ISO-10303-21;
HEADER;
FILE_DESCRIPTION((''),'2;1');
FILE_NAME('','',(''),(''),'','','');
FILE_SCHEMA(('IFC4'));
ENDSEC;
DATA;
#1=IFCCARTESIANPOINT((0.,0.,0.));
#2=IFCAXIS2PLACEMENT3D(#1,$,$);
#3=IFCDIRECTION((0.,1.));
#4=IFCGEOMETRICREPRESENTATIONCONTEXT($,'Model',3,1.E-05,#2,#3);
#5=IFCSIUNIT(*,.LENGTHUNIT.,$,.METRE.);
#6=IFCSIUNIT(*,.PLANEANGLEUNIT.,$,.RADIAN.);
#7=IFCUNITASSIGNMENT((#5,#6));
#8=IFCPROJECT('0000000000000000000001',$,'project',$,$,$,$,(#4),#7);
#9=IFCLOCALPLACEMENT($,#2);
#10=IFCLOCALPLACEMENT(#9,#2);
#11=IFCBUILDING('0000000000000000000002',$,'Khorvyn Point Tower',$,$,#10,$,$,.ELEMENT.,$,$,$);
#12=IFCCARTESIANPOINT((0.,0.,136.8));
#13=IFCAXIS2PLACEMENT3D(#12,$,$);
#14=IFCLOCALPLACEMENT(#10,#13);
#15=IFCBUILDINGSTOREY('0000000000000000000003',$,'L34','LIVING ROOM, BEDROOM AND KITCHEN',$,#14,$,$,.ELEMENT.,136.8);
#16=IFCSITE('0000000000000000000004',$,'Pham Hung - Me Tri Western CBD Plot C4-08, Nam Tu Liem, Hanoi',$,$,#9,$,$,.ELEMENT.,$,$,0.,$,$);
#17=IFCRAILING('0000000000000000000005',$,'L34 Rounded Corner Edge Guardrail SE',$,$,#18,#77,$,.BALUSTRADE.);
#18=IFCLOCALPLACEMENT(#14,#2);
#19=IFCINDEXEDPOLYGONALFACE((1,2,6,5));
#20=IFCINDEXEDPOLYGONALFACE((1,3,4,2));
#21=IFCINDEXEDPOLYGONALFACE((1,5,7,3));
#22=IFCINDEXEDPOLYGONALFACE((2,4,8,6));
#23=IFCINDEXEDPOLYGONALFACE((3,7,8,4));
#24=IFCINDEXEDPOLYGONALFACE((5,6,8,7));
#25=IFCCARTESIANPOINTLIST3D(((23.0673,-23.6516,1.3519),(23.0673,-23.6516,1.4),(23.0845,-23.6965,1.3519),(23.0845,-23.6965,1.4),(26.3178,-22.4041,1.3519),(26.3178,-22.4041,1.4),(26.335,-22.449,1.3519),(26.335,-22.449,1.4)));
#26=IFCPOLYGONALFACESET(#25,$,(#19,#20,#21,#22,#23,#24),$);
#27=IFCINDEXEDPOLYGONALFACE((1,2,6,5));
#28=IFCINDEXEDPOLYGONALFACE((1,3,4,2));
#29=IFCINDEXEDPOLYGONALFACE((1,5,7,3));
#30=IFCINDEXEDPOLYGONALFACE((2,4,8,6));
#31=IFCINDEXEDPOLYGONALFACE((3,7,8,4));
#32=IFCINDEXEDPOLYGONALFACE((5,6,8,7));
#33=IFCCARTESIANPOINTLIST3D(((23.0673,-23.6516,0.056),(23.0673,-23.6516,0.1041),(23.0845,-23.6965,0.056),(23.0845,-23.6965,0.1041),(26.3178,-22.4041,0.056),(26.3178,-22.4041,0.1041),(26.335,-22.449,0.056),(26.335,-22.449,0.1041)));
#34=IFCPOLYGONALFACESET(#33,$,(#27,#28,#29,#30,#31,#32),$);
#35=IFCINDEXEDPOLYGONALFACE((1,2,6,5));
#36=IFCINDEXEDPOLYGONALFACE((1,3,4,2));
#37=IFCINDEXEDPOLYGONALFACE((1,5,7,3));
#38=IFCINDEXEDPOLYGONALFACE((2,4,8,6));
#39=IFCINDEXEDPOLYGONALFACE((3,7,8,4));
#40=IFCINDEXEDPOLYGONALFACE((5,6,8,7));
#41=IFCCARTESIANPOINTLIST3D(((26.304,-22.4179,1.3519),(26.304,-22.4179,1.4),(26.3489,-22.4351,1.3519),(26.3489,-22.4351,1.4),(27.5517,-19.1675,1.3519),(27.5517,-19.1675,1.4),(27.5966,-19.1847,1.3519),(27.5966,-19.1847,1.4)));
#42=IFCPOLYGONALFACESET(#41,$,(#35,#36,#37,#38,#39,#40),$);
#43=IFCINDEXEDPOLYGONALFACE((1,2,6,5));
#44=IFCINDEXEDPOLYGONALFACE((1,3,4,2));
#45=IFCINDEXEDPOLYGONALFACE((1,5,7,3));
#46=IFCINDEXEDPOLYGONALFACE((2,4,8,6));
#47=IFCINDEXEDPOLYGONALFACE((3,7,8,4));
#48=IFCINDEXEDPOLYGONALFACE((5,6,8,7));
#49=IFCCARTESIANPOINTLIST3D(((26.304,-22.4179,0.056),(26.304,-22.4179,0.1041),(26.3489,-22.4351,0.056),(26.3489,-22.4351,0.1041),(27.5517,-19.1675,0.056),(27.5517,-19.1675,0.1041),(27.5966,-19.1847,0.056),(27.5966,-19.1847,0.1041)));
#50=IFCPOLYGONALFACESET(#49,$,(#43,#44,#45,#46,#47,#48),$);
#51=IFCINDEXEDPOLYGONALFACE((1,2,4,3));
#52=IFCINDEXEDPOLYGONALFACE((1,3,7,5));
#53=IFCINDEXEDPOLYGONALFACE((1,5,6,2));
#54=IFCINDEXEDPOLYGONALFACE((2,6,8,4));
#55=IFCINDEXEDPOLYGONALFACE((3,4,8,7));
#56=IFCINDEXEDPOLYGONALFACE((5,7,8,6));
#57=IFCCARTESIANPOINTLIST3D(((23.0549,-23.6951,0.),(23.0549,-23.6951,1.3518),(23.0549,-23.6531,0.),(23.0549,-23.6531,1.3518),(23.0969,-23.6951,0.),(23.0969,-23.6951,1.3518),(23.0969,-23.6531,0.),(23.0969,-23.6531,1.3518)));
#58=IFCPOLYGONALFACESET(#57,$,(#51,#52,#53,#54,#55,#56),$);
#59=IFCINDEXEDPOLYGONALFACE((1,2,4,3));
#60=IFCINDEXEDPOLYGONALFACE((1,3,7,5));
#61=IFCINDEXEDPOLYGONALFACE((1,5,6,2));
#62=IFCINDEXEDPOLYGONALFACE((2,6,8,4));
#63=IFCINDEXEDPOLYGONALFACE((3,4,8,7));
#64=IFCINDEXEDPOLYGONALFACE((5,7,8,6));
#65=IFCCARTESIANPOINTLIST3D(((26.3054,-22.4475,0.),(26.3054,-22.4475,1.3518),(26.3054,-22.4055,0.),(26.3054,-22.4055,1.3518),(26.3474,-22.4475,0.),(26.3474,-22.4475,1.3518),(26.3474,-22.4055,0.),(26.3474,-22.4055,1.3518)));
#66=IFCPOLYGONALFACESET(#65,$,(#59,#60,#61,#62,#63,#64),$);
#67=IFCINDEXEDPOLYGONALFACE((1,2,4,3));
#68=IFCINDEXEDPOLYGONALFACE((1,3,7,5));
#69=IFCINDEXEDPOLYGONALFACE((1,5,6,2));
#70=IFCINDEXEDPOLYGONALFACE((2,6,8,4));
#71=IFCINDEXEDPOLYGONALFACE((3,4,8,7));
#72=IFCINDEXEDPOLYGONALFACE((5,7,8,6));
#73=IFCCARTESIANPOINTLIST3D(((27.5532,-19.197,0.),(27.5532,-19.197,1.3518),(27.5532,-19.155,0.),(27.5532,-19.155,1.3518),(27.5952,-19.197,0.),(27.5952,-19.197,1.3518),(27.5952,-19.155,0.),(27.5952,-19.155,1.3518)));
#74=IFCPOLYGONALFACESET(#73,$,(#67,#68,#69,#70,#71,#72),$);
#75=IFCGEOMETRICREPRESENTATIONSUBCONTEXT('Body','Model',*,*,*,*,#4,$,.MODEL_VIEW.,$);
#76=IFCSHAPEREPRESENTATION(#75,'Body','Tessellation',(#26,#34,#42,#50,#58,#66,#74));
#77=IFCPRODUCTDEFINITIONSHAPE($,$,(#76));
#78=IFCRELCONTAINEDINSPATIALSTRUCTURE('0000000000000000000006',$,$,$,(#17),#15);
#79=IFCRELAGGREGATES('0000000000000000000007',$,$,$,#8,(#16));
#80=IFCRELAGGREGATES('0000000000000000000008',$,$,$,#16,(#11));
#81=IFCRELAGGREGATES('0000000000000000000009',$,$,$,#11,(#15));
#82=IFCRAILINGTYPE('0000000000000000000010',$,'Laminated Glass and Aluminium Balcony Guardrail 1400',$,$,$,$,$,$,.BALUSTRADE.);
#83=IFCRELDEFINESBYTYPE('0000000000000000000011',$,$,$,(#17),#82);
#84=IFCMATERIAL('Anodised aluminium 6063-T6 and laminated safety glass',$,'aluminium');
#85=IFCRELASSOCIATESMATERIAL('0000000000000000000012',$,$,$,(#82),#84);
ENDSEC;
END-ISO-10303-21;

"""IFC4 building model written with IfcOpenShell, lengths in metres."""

from ifc_helpers import new_model, si_unit, direction, frame, origin, origin_2d, place, context, subcontext, project, spatial, rectangle, extrude, material, type_object, element, save


model = new_model("IFC4")

# Units and contexts
model_context = context("Model", 3, precision=1e-05, world=origin(), true_north=direction((0.0, 1.0)))
body_context = subcontext(model_context, "Body", "Model", "MODEL_VIEW")
ifc_project = project(units=[si_unit("LENGTHUNIT", "METRE"), si_unit("PLANEANGLEUNIT", "RADIAN")], contexts=[model_context])

# Site, building, storey
site_placement = place(None, origin())
site = spatial("IfcSite", under=ifc_project, at=site_placement, Name="Pham Hung - Me Tri Western CBD Plot C4-08, Nam Tu Liem, Hanoi", CompositionType="ELEMENT", RefElevation=0.0)
building_placement = place(site_placement, origin())
building = spatial("IfcBuilding", under=site, at=building_placement, Name="Khorvyn Point Tower", CompositionType="ELEMENT")
storey_placement = place(building_placement, frame((0.0, 0.0, 136.8)))
storey = spatial("IfcBuildingStorey", under=building, at=storey_placement, Name="L34", Description="LIVING ROOM, BEDROOM AND KITCHEN", CompositionType="ELEMENT", Elevation=136.8)

# Railing
ifc_material_1 = material(Name="Anodised aluminium 6063-T6 and laminated safety glass", Category="aluminium")
railing_type = type_object("IfcRailingType", Name="Laminated Glass and Aluminium Balcony Guardrail 1400", PredefinedType="BALUSTRADE", material=ifc_material_1)
railing_placement = place(storey_placement, frame((23.0759, -23.6741, 0.0)))
element("IfcRailing", 1, at=railing_placement, inside=storey, type_object=railing_type, Name="L34 Rounded Corner Edge Guardrail SE", PredefinedType="BALUSTRADE", context=body_context, shape_type="SweptSolid", body=[
    extrude(rectangle(XDim=0.0481, YDim=0.0481, at=origin_2d()), frame((0.0, 0.0, 1.376), z_axis=(0.933598, 0.358321, 0.0), x_axis=(-0.358321, 0.933598, 0.0)), (0.0, 0.0, 1.0), 3.4817),
    extrude(rectangle(XDim=0.0481, YDim=0.0481, at=origin_2d()), frame((0.0, 0.0, 0.0801), z_axis=(0.933598, 0.358321, 0.0), x_axis=(-0.358321, 0.933598, 0.0)), (0.0, 0.0, 1.0), 3.4817),
    extrude(rectangle(XDim=0.0481, YDim=0.0481, at=origin_2d()), frame((3.2505, 1.2476, 1.376), z_axis=(0.358382, 0.933575, 0.0), x_axis=(-0.933575, 0.358382, 0.0)), (0.0, 0.0, 1.0), 3.4817),
    extrude(rectangle(XDim=0.0481, YDim=0.0481, at=origin_2d()), frame((3.2505, 1.2476, 0.0801), z_axis=(0.358382, 0.933575, 0.0), x_axis=(-0.933575, 0.358382, 0.0)), (0.0, 0.0, 1.0), 3.4817),
    extrude(rectangle(XDim=0.042, YDim=0.042, at=origin_2d()), origin(), (0.0, 0.0, 1.0), 1.3518),
    extrude(rectangle(XDim=0.042, YDim=0.042, at=origin_2d()), frame((3.2505, 1.2476, 0.0)), (0.0, 0.0, 1.0), 1.3518),
    extrude(rectangle(XDim=0.042, YDim=0.042, at=origin_2d()), frame((4.4983, 4.498, 0.0)), (0.0, 0.0, 1.0), 1.3518),
])

save(model, "model.ifc")
